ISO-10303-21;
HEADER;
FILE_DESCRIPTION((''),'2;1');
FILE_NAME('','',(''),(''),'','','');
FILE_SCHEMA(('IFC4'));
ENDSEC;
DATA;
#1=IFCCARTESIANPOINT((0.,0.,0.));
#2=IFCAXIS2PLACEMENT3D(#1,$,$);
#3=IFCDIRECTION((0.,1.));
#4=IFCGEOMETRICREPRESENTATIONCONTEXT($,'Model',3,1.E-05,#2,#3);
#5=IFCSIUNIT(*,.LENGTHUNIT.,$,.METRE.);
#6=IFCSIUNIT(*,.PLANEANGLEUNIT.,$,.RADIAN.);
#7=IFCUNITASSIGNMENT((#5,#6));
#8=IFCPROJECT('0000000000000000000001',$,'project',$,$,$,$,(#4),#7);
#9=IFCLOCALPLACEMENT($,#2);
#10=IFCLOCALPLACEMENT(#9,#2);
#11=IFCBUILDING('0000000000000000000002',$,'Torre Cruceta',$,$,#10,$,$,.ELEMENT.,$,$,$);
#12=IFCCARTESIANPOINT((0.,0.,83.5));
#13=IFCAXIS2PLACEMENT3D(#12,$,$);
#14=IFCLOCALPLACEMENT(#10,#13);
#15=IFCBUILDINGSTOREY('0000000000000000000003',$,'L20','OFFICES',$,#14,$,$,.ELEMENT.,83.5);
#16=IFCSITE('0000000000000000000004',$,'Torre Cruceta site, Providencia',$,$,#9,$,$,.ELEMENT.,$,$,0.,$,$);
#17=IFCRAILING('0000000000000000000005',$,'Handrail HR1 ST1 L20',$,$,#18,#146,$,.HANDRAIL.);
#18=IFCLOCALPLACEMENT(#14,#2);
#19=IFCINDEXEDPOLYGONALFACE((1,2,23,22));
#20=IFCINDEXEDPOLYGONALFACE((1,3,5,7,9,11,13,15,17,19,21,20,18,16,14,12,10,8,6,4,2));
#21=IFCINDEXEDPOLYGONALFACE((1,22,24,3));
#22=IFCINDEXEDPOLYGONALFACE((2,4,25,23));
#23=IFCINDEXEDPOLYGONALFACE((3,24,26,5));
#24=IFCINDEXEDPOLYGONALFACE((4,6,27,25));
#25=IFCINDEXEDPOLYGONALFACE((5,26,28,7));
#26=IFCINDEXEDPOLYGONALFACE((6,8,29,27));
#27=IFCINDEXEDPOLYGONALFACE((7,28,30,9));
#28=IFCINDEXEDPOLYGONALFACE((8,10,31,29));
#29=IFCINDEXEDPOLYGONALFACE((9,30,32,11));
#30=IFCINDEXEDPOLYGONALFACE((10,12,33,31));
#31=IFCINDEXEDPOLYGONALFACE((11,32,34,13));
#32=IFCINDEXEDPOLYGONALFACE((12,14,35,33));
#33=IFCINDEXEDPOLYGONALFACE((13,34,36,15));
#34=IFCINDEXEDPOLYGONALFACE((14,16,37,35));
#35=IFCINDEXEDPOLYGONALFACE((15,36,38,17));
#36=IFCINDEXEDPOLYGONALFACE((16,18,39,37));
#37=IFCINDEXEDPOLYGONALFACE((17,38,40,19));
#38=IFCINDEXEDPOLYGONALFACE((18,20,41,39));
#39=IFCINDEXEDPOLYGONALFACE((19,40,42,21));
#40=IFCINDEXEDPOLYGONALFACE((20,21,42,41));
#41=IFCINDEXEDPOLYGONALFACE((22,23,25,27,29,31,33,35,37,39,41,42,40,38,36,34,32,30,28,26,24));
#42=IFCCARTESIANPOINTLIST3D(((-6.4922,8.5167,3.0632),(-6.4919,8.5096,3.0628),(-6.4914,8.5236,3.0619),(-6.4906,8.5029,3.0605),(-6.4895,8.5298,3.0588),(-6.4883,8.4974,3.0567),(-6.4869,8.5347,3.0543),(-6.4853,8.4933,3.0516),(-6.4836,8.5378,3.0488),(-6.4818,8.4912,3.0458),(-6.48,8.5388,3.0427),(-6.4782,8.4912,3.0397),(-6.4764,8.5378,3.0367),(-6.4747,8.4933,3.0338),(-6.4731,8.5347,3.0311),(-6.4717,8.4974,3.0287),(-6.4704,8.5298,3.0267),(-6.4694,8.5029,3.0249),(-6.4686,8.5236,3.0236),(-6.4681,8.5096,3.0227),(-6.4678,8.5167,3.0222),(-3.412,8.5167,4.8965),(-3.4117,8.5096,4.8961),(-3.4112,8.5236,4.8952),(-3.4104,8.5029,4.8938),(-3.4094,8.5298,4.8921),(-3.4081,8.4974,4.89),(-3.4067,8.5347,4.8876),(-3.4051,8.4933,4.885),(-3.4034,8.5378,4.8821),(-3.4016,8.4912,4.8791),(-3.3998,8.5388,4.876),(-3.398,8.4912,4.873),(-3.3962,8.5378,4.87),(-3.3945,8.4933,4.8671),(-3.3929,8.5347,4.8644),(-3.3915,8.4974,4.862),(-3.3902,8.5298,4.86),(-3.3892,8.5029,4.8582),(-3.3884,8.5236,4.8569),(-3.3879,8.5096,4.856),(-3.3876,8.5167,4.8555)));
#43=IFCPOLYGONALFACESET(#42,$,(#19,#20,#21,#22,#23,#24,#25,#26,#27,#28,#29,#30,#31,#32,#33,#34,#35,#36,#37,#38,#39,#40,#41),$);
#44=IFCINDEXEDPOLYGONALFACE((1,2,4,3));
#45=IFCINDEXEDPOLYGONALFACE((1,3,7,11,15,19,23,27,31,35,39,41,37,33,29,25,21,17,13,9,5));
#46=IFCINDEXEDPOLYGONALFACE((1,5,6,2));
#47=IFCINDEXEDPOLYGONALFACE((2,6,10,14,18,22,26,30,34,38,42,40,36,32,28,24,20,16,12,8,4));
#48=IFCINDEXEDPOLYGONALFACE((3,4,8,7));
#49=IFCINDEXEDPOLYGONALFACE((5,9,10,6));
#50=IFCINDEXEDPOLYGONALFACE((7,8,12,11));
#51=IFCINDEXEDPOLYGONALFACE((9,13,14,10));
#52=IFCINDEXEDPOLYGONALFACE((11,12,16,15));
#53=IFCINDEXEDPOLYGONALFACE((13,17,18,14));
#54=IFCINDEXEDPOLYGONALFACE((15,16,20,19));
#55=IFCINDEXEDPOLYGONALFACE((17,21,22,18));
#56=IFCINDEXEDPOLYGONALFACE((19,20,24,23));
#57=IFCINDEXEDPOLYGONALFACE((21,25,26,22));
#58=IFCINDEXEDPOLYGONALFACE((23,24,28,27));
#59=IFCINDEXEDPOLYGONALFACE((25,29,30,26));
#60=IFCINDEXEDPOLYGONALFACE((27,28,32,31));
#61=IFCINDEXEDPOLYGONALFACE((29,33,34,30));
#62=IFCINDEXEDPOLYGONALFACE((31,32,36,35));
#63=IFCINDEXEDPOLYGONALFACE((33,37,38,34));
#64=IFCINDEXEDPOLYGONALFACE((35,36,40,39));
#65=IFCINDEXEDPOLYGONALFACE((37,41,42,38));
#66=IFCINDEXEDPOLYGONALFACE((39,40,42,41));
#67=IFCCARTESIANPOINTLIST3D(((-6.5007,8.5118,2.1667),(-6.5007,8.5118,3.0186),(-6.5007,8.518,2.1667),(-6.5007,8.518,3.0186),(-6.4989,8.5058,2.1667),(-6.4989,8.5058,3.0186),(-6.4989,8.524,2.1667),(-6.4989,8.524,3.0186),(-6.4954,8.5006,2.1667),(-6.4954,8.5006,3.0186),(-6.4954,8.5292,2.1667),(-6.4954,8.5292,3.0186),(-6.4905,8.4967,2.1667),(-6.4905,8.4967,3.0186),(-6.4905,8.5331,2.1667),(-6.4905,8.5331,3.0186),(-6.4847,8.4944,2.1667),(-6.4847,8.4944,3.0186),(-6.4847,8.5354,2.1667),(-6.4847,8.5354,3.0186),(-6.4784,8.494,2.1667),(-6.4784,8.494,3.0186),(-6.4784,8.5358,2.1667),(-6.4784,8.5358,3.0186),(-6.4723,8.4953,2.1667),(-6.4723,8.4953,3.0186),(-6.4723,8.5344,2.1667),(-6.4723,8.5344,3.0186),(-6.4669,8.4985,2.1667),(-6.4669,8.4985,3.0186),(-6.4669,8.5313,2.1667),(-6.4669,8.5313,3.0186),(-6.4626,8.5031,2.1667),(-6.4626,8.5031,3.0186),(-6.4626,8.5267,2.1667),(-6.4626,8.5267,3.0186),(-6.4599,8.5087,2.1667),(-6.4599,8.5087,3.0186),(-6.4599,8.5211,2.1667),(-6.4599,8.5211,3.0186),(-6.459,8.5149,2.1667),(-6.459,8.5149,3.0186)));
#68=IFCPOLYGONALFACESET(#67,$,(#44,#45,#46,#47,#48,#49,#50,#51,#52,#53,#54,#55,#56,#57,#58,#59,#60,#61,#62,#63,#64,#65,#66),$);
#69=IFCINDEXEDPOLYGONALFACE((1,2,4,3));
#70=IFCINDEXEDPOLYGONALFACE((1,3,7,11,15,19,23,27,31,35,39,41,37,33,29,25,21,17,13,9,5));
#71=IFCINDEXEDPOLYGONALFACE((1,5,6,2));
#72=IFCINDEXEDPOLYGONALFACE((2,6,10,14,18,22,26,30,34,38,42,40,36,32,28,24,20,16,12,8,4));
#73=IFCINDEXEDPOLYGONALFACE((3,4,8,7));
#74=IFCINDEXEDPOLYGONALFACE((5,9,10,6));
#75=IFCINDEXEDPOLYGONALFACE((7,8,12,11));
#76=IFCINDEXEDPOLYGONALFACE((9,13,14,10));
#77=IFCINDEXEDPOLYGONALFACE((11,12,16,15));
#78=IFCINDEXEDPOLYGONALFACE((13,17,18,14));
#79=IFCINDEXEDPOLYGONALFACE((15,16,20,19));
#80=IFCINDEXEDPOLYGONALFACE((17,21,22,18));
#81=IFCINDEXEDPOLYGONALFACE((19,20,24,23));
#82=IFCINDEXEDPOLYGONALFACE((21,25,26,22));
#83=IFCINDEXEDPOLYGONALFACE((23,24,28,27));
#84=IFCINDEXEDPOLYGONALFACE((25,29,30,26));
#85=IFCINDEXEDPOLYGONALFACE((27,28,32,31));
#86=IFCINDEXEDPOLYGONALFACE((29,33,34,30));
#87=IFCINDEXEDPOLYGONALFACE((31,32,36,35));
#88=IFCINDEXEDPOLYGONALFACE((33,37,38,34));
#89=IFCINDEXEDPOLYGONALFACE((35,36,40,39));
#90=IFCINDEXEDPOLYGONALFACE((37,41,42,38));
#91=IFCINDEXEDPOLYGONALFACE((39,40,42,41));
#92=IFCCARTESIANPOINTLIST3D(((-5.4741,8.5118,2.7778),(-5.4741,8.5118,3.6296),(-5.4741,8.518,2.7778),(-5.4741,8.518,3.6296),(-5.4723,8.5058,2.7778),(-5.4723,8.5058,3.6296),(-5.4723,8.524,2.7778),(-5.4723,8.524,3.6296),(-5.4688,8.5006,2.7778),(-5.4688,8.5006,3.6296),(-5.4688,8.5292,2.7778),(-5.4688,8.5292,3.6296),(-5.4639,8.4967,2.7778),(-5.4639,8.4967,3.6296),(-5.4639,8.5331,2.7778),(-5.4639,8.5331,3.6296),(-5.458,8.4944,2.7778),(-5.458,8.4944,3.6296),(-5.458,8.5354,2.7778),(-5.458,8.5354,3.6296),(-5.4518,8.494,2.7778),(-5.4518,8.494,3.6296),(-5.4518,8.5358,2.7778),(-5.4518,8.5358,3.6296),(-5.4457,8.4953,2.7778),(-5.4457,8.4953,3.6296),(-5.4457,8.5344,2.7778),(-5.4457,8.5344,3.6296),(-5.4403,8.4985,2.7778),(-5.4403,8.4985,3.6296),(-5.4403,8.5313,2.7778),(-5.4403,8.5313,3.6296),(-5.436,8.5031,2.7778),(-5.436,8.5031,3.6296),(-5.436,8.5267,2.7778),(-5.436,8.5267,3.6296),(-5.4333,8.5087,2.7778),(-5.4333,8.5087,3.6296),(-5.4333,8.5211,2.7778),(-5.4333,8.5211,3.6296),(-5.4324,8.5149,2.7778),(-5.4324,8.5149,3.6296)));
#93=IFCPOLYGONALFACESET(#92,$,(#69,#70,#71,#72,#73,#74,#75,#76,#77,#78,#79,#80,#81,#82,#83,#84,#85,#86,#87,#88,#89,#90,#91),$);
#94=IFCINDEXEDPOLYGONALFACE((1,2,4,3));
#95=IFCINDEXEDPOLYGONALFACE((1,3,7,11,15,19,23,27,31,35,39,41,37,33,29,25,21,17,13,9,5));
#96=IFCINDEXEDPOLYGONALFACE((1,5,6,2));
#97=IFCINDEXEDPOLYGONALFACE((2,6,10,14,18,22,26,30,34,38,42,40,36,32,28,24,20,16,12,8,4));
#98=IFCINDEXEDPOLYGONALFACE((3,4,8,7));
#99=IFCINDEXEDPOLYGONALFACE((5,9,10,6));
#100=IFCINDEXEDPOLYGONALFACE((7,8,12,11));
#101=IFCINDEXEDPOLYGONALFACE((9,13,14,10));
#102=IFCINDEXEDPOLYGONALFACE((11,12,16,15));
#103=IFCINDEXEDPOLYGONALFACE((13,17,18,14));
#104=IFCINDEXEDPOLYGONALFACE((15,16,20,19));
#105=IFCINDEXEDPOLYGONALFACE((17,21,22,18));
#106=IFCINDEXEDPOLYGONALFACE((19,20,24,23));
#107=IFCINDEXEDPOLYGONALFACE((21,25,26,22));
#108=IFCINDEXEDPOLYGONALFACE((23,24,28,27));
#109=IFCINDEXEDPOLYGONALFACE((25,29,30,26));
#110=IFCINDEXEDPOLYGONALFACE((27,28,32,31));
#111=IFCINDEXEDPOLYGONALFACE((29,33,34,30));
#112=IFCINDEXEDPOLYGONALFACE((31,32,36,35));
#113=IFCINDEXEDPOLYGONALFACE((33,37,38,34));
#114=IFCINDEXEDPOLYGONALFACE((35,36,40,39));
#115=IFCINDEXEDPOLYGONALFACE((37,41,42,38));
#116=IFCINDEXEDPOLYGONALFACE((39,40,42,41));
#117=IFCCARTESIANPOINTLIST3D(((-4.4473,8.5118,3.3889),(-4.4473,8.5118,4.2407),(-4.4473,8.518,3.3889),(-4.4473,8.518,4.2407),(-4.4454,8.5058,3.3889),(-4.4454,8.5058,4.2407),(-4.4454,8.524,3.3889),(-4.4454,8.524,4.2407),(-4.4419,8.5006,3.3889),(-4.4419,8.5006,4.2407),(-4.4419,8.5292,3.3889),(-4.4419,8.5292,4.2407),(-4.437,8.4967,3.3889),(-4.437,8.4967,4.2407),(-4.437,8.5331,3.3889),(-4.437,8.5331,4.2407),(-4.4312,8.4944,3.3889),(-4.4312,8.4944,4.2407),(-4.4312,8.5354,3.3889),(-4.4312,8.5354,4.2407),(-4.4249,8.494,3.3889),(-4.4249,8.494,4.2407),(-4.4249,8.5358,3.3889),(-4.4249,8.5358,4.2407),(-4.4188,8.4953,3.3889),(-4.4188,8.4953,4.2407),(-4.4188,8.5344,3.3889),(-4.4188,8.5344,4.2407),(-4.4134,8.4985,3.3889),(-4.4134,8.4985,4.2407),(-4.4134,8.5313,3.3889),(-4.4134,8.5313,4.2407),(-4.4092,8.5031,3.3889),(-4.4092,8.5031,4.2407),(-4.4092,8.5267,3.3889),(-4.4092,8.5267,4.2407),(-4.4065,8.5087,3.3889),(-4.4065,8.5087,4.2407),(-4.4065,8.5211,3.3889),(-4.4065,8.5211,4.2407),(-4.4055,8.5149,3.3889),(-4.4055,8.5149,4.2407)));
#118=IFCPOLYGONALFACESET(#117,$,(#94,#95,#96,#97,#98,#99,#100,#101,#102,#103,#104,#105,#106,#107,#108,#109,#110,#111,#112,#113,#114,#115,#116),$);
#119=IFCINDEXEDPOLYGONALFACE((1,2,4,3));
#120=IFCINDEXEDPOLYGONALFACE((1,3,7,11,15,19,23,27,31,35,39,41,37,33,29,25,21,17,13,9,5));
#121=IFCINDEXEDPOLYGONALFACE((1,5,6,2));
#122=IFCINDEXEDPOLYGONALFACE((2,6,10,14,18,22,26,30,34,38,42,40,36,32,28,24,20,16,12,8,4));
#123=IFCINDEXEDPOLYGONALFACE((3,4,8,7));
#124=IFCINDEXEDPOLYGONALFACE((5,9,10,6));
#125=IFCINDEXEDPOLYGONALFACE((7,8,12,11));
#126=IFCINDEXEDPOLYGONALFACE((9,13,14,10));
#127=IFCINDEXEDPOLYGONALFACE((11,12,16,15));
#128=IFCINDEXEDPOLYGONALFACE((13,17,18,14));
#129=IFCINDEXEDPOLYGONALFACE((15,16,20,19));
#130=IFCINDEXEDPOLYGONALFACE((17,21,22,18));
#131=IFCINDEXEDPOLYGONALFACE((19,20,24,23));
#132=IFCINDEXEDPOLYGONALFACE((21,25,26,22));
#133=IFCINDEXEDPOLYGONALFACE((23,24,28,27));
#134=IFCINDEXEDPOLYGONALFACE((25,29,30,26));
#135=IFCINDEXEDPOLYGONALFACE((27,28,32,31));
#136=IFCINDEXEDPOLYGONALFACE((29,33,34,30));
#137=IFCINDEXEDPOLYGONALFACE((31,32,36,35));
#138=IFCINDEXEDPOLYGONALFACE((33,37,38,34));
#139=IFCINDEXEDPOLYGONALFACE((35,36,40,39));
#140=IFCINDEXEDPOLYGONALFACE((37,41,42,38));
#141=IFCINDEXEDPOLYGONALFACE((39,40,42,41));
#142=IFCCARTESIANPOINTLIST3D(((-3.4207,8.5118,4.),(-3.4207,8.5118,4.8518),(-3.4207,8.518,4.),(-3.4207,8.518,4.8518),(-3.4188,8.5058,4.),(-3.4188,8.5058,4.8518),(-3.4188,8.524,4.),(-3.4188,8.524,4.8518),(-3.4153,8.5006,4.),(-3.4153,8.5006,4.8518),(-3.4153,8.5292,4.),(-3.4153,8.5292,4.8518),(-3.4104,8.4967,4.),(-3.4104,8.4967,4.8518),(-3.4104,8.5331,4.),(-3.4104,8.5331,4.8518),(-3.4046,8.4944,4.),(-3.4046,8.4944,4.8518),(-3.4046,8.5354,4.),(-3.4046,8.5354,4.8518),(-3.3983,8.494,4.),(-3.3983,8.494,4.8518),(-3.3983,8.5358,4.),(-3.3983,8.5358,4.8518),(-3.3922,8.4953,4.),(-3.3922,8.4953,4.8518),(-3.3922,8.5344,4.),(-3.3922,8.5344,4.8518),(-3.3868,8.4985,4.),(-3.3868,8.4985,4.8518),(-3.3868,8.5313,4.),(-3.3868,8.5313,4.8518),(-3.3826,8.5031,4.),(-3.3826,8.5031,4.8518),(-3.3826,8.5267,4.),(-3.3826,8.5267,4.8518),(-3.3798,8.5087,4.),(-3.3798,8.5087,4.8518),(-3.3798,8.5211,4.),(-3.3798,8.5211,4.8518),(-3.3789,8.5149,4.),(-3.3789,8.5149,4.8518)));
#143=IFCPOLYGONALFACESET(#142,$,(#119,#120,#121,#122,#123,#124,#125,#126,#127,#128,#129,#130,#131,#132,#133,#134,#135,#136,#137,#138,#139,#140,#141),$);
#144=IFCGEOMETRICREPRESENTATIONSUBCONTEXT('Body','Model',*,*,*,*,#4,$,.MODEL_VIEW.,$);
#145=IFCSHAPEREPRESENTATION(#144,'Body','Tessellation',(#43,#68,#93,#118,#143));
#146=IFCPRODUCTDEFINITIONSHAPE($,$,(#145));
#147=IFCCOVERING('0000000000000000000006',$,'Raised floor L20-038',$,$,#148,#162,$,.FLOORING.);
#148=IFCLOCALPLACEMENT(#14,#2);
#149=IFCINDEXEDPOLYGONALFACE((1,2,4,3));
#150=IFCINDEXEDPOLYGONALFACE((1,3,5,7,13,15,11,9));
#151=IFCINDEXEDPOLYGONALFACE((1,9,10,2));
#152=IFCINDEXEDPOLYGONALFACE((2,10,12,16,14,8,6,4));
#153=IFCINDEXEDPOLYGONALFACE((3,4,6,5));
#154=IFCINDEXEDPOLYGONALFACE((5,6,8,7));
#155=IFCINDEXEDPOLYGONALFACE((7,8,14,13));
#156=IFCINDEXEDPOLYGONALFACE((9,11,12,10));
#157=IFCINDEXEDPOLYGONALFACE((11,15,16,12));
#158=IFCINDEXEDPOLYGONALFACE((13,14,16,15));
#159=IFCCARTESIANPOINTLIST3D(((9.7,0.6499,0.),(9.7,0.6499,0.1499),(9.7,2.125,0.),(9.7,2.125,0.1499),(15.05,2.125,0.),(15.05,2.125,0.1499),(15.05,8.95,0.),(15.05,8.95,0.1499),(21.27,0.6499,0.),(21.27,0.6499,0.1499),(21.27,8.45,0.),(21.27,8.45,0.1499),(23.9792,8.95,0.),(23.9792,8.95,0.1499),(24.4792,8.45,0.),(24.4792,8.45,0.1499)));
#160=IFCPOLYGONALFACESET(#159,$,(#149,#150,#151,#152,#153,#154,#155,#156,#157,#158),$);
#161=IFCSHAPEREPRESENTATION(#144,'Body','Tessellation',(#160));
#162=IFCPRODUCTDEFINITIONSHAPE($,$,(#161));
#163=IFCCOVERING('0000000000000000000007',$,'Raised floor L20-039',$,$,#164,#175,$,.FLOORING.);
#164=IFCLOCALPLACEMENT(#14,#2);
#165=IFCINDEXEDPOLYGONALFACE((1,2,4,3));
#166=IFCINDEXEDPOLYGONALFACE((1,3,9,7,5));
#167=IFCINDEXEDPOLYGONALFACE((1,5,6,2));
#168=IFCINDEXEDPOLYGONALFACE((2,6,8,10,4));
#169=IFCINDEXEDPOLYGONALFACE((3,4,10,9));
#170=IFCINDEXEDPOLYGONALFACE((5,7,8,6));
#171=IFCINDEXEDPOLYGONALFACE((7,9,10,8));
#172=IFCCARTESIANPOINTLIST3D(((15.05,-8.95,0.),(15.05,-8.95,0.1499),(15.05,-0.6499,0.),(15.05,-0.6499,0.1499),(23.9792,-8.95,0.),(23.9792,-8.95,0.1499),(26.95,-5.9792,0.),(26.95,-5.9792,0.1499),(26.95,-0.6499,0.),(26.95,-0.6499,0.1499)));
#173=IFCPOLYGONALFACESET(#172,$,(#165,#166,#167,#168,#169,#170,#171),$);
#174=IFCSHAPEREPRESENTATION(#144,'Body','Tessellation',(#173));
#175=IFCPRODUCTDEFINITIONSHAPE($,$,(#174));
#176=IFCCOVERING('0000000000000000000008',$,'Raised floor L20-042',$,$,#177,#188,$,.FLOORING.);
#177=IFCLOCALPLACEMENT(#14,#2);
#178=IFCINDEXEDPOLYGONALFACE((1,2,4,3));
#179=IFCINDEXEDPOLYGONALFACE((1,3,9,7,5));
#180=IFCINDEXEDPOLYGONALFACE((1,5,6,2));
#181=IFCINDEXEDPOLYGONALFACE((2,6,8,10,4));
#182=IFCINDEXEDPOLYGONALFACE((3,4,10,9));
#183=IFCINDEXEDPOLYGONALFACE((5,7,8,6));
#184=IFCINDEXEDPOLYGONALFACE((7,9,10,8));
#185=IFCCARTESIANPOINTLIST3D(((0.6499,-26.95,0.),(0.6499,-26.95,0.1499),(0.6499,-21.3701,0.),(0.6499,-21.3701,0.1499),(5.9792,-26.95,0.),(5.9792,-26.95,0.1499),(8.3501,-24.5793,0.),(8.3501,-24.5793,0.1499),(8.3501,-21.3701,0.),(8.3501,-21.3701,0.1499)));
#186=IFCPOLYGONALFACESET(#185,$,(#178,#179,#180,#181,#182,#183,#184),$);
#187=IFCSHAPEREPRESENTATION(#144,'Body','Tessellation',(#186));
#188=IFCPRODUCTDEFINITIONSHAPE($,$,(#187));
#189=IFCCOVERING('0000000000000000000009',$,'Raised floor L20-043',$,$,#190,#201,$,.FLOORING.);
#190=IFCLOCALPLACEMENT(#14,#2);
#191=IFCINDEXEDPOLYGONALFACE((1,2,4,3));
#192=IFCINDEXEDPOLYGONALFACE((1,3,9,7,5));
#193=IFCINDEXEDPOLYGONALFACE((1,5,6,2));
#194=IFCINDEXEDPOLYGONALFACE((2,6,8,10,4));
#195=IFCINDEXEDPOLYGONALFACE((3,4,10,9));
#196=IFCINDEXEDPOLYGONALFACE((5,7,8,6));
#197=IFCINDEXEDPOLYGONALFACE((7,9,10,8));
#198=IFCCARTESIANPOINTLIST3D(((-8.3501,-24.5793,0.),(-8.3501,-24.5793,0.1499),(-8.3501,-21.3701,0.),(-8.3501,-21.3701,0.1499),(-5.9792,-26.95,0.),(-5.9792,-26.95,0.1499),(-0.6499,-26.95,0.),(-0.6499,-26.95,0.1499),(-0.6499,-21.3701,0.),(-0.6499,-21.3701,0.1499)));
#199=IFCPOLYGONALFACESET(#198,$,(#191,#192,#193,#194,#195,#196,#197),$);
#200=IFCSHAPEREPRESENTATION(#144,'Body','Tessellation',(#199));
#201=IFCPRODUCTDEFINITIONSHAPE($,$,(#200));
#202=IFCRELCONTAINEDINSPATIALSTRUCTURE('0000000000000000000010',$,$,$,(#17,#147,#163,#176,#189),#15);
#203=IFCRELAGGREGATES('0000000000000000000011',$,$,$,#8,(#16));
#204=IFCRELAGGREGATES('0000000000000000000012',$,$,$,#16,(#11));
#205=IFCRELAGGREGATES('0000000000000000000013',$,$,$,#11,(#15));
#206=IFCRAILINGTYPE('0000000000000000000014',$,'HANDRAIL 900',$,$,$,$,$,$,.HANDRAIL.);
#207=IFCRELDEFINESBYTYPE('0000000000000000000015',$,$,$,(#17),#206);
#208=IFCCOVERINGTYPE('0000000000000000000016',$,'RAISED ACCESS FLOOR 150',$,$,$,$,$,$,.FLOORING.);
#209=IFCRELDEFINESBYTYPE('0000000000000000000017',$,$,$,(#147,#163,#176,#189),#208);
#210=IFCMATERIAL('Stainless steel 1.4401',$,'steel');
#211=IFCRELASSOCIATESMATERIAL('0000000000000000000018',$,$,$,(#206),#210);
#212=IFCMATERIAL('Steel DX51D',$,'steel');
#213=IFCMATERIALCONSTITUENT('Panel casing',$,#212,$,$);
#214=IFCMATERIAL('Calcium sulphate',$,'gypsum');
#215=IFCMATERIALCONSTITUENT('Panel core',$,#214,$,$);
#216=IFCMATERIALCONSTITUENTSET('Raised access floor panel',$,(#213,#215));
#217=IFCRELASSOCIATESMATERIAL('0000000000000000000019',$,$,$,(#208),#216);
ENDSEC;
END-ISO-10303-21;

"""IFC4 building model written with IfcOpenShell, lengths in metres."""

from ifc_helpers import new_model, si_unit, direction, frame, origin, origin_2d, place, context, subcontext, project, spatial, polyline, circle, outline, extrude, material, constituent, constituent_set, type_object, element, save


model = new_model("IFC4")

# Units and contexts
model_context = context("Model", 3, precision=1e-05, world=origin(), true_north=direction((0.0, 1.0)))
body_context = subcontext(model_context, "Body", "Model", "MODEL_VIEW")
ifc_project = project(units=[si_unit("LENGTHUNIT", "METRE"), si_unit("PLANEANGLEUNIT", "RADIAN")], contexts=[model_context])

# Site, building, storey
site_placement = place(None, origin())
site = spatial("IfcSite", under=ifc_project, at=site_placement, Name="Torre Cruceta site, Providencia", CompositionType="ELEMENT", RefElevation=0.0)
building_placement = place(site_placement, origin())
building = spatial("IfcBuilding", under=site, at=building_placement, Name="Torre Cruceta", CompositionType="ELEMENT")
storey_placement = place(building_placement, frame((0.0, 0.0, 83.5)))
storey = spatial("IfcBuildingStorey", under=building, at=storey_placement, Name="L20", Description="OFFICES", CompositionType="ELEMENT", Elevation=83.5)

# Railing
ifc_material_1 = material(Name="Stainless steel 1.4401", Category="steel")
railing_type = type_object("IfcRailingType", Name="HANDRAIL 900", PredefinedType="HANDRAIL", material=ifc_material_1)
railing_1_placement = place(storey_placement, frame((-6.48, 8.5149, 2.1667)))
element("IfcRailing", 1, at=railing_1_placement, inside=storey, type_object=railing_type, Name="Handrail HR1 ST1 L20", PredefinedType="HANDRAIL", context=body_context, shape_type="SweptSolid", body=[
    extrude(circle(Radius=0.0239, at=origin_2d()), frame((0.0, 0.0, 0.876), z_axis=(0.859309, 0.0, 0.511458), x_axis=(0.0, 1.0, 0.0)), (0.0, 0.0, 1.0), 3.5845),
    extrude(circle(Radius=0.021, at=origin_2d()), origin(), (0.0, 0.0, 1.0), 0.8518),
    extrude(circle(Radius=0.021, at=origin_2d()), frame((1.0266, 0.0, 0.6111)), (0.0, 0.0, 1.0), 0.8518),
    extrude(circle(Radius=0.021, at=origin_2d()), frame((2.0535, 0.0, 1.2222)), (0.0, 0.0, 1.0), 0.8518),
    extrude(circle(Radius=0.021, at=origin_2d()), frame((3.0801, 0.0, 1.8333)), (0.0, 0.0, 1.0), 0.8518),
])

# Coverings
ifc_material_2 = material(Name="Steel DX51D", Category="steel")
ifc_constituent_1 = constituent(ifc_material_2, Name="Panel casing")
ifc_material_3 = material(Name="Calcium sulphate", Category="gypsum")
ifc_constituent_2 = constituent(ifc_material_3, Name="Panel core")
ifc_constituent_set_1 = constituent_set(constituents=[ifc_constituent_1, ifc_constituent_2], Name="Raised access floor panel")
covering_type_1 = type_object("IfcCoveringType", Name="RAISED ACCESS FLOOR 150", PredefinedType="FLOORING", material=ifc_constituent_set_1)
covering_1_placement = place(storey_placement, origin())
element("IfcCovering", 2, at=covering_1_placement, inside=storey, type_object=covering_type_1, Name="Raised floor L20-038", PredefinedType="FLOORING", context=body_context, shape_type="SweptSolid", body=[
    extrude(outline(polyline([(9.7, 2.125), (15.05, 2.125), (15.05, 8.95), (23.9792, 8.95), (24.4792, 8.45), (21.27, 8.45), (21.27, 0.6499), (9.7, 0.6499), (9.7, 2.125)])), origin(), (0.0, 0.0, 1.0), 0.1499),
])
covering_2_placement = place(storey_placement, origin())
element("IfcCovering", 3, at=covering_2_placement, inside=storey, type_object=covering_type_1, Name="Raised floor L20-039", PredefinedType="FLOORING", context=body_context, shape_type="SweptSolid", body=[
    extrude(outline(polyline([(23.9792, -8.95), (15.05, -8.95), (15.05, -0.6499), (26.95, -0.6499), (26.95, -5.9792), (23.9792, -8.95)])), origin(), (0.0, 0.0, 1.0), 0.1499),
])
covering_3_placement = place(storey_placement, origin())
element("IfcCovering", 4, at=covering_3_placement, inside=storey, type_object=covering_type_1, Name="Raised floor L20-042", PredefinedType="FLOORING", context=body_context, shape_type="SweptSolid", body=[
    extrude(outline(polyline([(0.6499, -26.95), (0.6499, -21.3701), (8.3501, -21.3701), (8.3501, -24.5793), (5.9792, -26.95), (0.6499, -26.95)])), origin(), (0.0, 0.0, 1.0), 0.1499),
])
covering_4_placement = place(storey_placement, origin())
element("IfcCovering", 5, at=covering_4_placement, inside=storey, type_object=covering_type_1, Name="Raised floor L20-043", PredefinedType="FLOORING", context=body_context, shape_type="SweptSolid", body=[
    extrude(outline(polyline([(-8.3501, -24.5793), (-8.3501, -21.3701), (-0.6499, -21.3701), (-0.6499, -26.95), (-5.9792, -26.95), (-8.3501, -24.5793)])), origin(), (0.0, 0.0, 1.0), 0.1499),
])

save(model, "model.ifc")
